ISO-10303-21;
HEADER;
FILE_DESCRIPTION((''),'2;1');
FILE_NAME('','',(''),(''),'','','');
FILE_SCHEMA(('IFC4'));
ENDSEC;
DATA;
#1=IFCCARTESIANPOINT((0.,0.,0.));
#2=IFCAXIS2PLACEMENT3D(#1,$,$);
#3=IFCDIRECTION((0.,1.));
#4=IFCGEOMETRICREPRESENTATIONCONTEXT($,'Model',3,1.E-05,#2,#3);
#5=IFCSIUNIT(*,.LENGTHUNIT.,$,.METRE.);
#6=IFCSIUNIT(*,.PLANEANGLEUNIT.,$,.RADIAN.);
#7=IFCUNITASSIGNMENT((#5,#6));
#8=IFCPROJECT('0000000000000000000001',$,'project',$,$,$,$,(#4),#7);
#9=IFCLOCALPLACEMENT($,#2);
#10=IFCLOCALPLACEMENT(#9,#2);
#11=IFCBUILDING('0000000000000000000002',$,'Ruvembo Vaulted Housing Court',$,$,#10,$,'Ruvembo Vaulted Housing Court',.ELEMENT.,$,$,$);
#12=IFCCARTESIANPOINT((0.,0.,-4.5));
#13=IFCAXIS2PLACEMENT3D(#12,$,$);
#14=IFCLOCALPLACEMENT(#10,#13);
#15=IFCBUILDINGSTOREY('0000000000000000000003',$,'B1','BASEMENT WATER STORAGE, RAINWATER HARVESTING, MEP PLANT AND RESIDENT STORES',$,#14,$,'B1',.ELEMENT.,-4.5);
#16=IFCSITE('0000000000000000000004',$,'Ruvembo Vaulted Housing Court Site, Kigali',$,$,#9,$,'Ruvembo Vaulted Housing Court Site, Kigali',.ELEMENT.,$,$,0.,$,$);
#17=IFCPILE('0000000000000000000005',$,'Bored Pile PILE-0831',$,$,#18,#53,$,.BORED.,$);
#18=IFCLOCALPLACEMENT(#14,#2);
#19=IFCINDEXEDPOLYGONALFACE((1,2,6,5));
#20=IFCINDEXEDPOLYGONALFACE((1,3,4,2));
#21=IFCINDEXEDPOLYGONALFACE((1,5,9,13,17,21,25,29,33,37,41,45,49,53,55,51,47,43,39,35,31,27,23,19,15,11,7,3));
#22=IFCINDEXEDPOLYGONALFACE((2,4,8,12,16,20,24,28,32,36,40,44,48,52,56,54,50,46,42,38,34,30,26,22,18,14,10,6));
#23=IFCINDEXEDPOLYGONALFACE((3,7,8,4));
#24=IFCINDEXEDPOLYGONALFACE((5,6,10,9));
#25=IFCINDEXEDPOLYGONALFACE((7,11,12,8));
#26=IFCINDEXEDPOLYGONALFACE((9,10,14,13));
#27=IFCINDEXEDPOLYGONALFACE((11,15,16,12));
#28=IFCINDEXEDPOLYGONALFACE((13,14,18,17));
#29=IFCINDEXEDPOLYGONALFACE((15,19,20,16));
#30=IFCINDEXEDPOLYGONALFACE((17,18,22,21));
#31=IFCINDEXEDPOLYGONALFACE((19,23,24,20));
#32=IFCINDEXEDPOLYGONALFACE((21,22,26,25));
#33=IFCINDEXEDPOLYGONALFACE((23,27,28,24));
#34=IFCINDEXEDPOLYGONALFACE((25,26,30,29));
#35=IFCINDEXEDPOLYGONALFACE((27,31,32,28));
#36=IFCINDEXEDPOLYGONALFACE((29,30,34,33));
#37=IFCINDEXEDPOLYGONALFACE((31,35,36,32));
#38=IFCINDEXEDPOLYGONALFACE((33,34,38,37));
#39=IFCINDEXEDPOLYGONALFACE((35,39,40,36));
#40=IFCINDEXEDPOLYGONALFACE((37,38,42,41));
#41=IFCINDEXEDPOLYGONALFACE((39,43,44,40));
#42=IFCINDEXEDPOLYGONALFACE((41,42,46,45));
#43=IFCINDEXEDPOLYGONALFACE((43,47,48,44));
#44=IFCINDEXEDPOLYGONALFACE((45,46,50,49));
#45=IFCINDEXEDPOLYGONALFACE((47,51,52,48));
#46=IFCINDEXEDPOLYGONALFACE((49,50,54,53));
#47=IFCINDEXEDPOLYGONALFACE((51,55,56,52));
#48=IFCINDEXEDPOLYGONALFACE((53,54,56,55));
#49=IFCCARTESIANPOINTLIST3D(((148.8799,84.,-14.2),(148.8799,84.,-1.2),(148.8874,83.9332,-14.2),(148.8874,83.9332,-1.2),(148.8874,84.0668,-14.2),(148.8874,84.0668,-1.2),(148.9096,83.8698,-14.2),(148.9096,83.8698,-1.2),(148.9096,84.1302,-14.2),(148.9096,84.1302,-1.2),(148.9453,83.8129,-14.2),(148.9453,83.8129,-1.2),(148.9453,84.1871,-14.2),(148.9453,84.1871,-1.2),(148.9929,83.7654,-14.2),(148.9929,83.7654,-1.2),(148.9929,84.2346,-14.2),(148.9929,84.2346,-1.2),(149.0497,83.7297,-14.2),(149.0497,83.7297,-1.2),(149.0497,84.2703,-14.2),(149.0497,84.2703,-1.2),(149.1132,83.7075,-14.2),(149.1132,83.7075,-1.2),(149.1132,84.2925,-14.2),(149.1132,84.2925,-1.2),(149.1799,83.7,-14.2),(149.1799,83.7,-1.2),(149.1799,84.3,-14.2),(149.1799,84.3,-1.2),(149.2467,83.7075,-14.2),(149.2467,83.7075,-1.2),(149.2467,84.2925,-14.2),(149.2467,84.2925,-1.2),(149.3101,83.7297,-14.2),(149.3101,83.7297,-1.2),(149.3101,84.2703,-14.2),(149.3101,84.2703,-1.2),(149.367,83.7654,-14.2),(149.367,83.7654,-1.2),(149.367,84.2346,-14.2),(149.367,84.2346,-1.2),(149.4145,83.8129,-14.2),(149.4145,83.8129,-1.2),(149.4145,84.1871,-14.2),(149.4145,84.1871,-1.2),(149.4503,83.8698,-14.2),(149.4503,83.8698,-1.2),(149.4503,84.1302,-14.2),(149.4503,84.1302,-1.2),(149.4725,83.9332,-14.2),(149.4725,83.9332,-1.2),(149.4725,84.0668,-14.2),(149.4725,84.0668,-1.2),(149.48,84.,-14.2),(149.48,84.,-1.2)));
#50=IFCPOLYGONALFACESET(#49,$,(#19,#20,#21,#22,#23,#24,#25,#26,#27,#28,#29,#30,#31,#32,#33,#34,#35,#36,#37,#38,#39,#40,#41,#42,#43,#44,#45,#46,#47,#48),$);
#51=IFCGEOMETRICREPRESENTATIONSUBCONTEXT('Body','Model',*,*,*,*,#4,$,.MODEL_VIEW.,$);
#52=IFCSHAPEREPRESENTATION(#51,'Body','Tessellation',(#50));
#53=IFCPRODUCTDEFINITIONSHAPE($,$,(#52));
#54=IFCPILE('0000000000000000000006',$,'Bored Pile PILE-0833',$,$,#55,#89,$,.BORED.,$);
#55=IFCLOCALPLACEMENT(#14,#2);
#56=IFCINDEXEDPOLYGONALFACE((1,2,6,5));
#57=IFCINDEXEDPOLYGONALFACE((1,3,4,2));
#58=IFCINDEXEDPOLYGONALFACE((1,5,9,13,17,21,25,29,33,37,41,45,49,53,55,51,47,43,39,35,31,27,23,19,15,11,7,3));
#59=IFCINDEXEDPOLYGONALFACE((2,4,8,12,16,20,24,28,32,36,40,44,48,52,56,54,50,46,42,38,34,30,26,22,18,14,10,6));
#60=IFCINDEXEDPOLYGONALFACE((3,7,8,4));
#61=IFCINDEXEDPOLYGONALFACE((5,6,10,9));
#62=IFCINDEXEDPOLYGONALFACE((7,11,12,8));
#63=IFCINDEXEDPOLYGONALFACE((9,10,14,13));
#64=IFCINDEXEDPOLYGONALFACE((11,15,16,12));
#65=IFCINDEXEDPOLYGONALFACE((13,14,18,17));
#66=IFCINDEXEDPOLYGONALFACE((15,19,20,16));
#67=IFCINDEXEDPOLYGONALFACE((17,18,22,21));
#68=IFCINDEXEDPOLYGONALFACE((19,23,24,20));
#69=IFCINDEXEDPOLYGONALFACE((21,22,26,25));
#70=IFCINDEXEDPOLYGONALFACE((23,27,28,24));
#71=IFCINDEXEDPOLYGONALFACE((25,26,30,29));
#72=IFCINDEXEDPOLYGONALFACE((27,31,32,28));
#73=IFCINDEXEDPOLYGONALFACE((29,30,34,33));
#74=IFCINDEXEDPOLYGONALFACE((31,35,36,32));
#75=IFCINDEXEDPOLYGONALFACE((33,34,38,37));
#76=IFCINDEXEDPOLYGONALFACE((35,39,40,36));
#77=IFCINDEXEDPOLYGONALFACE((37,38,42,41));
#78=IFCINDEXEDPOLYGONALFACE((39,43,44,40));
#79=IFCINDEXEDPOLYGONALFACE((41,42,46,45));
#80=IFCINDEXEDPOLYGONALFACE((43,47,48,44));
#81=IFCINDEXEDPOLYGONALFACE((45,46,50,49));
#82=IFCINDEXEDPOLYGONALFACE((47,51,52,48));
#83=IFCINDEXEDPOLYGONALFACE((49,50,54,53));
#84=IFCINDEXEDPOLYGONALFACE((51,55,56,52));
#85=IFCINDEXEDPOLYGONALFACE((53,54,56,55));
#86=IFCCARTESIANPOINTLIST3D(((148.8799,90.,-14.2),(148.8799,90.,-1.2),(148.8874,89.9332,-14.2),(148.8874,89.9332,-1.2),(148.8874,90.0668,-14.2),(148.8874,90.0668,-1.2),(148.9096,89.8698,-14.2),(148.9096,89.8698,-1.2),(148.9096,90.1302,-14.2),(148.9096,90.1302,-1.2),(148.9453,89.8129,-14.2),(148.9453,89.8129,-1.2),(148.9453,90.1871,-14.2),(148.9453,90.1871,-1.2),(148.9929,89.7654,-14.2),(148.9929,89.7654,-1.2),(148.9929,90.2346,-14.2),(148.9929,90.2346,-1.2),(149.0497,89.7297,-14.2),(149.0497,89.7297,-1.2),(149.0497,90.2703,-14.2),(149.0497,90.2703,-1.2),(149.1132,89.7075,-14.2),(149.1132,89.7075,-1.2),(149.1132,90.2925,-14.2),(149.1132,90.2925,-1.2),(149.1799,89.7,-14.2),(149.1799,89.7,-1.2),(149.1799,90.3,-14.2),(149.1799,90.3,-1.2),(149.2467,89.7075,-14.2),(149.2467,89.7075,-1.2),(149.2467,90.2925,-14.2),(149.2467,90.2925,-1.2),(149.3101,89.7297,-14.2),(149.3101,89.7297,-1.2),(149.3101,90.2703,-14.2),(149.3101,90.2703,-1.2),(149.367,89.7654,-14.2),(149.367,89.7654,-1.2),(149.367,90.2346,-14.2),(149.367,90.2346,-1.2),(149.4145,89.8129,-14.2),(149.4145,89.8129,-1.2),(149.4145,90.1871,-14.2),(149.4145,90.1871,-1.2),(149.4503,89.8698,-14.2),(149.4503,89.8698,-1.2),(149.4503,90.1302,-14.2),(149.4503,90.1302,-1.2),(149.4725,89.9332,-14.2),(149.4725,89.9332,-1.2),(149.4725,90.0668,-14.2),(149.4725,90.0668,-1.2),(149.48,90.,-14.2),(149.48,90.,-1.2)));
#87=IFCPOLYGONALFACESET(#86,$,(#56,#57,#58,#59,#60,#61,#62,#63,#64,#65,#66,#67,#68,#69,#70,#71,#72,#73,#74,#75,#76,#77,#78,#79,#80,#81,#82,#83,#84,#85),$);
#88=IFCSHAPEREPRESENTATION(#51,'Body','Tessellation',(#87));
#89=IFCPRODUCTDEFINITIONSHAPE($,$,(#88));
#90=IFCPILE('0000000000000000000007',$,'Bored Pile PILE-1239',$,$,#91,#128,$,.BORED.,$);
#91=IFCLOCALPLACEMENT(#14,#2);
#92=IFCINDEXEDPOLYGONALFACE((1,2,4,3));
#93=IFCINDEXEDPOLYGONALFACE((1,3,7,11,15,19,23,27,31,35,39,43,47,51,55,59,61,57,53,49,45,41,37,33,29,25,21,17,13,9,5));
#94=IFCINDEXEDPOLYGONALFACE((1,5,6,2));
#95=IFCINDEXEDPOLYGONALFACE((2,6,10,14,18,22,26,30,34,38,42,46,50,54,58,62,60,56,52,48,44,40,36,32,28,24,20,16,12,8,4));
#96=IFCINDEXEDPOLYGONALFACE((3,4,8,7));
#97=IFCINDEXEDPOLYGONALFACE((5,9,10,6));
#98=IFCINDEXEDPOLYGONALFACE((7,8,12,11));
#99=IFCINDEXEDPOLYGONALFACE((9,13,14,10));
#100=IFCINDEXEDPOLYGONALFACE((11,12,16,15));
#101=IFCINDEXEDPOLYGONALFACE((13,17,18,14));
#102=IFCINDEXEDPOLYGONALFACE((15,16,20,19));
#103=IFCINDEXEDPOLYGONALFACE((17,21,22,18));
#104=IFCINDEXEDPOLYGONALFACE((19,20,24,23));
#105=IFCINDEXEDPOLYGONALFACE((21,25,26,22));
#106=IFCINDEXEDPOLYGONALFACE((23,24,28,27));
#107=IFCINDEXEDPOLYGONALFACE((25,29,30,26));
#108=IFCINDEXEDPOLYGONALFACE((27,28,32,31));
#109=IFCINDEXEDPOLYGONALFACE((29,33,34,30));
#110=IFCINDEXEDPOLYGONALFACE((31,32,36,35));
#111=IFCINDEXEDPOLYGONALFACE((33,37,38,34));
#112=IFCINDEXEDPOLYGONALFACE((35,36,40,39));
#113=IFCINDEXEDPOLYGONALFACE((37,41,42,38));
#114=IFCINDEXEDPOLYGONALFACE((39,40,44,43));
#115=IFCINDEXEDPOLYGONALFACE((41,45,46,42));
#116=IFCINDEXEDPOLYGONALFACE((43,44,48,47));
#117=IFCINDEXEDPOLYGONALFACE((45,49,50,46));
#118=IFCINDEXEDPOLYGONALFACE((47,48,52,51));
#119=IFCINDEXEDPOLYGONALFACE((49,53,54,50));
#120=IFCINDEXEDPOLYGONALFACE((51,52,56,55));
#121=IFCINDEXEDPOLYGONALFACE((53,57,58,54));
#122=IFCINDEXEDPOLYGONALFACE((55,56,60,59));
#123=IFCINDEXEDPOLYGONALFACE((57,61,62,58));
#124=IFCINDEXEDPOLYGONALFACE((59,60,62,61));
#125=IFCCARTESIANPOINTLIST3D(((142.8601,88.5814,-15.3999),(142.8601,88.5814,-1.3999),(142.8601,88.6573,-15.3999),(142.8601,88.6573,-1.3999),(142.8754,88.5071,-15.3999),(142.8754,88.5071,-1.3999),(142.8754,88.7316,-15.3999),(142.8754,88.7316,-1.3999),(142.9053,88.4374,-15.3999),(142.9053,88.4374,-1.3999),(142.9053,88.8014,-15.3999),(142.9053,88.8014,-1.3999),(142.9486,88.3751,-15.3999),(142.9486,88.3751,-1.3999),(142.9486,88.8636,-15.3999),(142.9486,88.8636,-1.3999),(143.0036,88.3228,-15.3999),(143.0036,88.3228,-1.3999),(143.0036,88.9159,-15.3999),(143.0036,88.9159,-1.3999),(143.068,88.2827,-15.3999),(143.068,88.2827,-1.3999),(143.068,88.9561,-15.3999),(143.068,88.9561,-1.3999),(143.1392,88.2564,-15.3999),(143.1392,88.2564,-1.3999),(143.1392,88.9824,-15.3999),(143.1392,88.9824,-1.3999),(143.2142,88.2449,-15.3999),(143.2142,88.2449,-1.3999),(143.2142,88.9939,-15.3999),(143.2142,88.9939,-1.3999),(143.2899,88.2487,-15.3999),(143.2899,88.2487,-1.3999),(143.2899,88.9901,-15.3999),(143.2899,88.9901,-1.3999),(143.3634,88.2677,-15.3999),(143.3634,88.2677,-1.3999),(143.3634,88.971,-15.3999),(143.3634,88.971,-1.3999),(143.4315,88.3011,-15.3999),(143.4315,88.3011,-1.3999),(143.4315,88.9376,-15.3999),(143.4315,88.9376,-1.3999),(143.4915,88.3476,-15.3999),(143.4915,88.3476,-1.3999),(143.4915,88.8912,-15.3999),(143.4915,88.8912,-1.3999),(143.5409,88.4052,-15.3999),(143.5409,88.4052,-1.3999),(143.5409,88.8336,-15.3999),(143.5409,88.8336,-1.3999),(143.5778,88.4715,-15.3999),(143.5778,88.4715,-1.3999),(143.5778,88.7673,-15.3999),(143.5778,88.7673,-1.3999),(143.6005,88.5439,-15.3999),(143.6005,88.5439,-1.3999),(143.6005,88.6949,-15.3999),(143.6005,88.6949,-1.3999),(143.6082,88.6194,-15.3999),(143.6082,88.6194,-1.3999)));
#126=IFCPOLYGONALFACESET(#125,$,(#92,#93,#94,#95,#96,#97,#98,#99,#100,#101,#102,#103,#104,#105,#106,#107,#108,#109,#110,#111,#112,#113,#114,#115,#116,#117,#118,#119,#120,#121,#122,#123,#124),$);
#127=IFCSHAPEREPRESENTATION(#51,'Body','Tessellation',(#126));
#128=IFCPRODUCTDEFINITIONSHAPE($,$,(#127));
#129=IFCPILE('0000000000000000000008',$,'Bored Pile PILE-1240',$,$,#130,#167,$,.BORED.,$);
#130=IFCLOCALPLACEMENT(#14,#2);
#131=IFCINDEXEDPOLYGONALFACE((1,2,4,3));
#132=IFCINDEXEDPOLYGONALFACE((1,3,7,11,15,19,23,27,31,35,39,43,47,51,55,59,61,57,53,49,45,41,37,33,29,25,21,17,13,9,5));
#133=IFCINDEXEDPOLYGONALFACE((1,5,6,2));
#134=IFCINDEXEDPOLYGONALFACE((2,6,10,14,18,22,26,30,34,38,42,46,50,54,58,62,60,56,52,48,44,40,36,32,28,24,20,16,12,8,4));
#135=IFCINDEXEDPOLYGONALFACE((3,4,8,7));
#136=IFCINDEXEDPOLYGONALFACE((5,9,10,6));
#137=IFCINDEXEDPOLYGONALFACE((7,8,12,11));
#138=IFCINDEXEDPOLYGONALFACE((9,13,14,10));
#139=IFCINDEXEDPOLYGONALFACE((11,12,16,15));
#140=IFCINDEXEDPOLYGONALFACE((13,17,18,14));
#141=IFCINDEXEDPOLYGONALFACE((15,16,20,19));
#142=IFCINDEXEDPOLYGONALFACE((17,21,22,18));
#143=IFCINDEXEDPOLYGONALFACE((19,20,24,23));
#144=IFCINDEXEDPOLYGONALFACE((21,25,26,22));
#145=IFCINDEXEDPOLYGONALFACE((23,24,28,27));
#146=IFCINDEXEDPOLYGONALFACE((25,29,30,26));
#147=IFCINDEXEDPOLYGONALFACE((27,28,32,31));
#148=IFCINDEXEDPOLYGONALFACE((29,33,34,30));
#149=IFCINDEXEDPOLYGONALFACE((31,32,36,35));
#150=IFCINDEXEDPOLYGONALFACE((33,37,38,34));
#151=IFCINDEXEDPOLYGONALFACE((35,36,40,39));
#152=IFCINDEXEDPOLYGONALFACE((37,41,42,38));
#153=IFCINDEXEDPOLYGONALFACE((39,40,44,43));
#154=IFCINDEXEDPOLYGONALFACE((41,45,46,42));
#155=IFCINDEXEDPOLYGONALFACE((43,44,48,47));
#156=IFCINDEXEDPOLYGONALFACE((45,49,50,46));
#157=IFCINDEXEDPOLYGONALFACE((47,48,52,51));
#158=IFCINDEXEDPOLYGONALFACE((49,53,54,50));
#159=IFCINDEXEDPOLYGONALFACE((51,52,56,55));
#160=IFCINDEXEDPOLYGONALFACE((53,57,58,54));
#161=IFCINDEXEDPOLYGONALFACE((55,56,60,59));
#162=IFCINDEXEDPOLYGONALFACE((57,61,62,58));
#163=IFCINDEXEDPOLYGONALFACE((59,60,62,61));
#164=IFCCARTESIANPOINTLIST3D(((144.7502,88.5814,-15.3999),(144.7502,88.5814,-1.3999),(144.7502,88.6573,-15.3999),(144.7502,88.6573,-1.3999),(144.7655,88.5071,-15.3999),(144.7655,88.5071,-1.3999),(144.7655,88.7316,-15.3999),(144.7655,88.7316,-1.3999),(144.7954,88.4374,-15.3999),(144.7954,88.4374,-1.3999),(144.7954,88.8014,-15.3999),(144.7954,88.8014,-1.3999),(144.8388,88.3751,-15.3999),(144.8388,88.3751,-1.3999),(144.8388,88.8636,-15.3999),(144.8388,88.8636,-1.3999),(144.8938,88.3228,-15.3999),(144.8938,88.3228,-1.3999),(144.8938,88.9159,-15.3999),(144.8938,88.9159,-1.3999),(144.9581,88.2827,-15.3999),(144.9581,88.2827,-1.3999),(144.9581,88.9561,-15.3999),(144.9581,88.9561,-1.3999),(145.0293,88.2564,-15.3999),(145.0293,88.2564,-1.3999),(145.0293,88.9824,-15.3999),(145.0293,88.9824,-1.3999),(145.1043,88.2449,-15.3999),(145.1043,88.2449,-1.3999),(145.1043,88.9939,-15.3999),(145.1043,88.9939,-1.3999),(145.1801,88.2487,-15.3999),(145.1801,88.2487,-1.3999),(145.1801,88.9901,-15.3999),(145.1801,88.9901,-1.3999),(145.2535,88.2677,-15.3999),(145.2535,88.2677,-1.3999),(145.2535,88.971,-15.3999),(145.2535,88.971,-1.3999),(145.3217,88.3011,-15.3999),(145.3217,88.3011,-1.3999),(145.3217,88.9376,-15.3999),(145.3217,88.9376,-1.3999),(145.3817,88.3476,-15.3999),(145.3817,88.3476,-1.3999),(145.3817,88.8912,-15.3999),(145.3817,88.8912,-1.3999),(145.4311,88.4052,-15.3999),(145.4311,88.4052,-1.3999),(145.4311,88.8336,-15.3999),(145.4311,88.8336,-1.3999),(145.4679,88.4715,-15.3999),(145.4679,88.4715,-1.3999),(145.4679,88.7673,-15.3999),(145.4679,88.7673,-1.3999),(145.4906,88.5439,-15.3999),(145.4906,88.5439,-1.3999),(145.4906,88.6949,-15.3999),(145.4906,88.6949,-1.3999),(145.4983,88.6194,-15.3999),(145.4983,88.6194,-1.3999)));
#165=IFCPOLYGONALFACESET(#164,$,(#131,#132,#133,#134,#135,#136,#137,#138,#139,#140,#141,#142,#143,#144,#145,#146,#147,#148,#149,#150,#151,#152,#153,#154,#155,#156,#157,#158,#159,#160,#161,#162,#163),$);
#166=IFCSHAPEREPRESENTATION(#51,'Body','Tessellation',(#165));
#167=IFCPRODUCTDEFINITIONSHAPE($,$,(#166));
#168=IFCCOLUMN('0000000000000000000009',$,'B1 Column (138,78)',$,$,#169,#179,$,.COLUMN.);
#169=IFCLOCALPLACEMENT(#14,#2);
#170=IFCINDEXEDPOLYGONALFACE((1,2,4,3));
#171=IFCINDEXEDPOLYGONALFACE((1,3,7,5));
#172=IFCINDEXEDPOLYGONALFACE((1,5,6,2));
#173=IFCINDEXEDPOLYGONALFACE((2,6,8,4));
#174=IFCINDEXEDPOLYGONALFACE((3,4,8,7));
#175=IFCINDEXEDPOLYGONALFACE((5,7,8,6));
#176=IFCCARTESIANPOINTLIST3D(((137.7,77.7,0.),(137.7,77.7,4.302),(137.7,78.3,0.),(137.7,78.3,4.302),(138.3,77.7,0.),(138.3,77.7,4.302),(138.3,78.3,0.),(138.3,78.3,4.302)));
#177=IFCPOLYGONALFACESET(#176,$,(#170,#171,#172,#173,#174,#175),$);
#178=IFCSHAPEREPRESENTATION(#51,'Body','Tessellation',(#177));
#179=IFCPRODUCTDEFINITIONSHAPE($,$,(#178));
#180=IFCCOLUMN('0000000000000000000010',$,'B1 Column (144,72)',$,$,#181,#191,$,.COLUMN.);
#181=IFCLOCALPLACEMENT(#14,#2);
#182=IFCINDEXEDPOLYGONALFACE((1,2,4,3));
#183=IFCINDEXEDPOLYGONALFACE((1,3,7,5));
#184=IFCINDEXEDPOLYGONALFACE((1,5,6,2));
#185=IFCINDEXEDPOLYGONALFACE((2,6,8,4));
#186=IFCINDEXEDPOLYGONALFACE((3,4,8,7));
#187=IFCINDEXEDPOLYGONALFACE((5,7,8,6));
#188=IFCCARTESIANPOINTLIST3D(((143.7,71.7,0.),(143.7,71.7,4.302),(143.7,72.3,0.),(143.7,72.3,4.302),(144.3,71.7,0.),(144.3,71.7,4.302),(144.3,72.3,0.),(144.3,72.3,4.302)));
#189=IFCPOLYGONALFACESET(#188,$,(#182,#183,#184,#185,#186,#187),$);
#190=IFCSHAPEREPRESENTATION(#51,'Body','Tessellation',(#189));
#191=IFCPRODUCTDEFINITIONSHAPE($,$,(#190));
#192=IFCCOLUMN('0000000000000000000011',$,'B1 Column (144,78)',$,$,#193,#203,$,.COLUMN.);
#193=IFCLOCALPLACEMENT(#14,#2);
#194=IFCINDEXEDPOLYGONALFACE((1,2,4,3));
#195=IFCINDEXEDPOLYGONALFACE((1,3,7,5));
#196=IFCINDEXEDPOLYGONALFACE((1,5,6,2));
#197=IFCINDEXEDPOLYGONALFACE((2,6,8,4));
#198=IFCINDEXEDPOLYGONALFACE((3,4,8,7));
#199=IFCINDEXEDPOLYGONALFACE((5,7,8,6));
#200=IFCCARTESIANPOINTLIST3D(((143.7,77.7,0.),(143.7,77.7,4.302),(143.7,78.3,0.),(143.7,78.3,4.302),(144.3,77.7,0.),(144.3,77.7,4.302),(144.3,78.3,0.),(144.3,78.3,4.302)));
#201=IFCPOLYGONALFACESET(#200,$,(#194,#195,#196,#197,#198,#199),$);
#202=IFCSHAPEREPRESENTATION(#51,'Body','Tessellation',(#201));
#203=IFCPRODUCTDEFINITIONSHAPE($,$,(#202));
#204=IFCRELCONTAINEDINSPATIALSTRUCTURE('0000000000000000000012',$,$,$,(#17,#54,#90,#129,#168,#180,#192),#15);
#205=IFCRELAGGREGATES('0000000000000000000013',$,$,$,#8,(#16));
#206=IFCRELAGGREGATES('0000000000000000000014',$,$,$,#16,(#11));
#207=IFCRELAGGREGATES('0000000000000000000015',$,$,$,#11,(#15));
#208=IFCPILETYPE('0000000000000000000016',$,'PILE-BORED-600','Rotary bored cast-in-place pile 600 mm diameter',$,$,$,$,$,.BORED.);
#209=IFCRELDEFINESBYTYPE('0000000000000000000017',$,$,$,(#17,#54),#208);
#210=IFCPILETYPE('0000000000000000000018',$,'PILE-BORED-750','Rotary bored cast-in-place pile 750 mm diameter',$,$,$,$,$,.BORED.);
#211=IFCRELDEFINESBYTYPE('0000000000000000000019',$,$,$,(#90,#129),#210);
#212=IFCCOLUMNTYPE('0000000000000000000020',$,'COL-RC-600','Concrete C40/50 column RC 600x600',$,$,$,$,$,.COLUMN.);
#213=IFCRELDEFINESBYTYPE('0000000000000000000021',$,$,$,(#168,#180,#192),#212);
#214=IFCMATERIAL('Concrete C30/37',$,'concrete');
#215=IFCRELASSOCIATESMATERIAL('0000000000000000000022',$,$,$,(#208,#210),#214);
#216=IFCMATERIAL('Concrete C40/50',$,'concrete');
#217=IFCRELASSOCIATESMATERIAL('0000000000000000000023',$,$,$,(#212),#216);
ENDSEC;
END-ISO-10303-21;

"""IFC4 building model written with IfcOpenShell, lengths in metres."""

from ifc_helpers import new_model, si_unit, direction, frame, origin, origin_2d, place, context, subcontext, project, spatial, rectangle, circle, extrude, material, material_profile, profile_set, type_object, element, save


model = new_model("IFC4")

# Units and contexts
model_context = context("Model", 3, precision=1e-05, world=origin(), true_north=direction((0.0, 1.0)))
body_context = subcontext(model_context, "Body", "Model", "MODEL_VIEW")
ifc_project = project(units=[si_unit("LENGTHUNIT", "METRE"), si_unit("PLANEANGLEUNIT", "RADIAN")], contexts=[model_context])

# Site, building, storey
site_placement = place(None, origin())
site = spatial("IfcSite", under=ifc_project, at=site_placement, Name="Ruvembo Vaulted Housing Court Site, Kigali", LongName="Ruvembo Vaulted Housing Court Site, Kigali", CompositionType="ELEMENT", RefElevation=0.0)
building_placement = place(site_placement, origin())
building = spatial("IfcBuilding", under=site, at=building_placement, Name="Ruvembo Vaulted Housing Court", LongName="Ruvembo Vaulted Housing Court", CompositionType="ELEMENT")
storey_placement = place(building_placement, frame((0.0, 0.0, -4.5)))
storey = spatial("IfcBuildingStorey", under=building, at=storey_placement, Name="B1", Description="BASEMENT WATER STORAGE, RAINWATER HARVESTING, MEP PLANT AND RESIDENT STORES", LongName="B1", CompositionType="ELEMENT", Elevation=-4.5)

# Piles
ifc_material_1 = material(Name="Concrete C30/37", Category="concrete")
ifc_material_profile_1 = material_profile(ifc_material_1, circle(Radius=0.3, at=origin_2d()), Name="PILE D600")
ifc_profile_set_1 = profile_set([ifc_material_profile_1], Name="Concrete C30/37")
pile_type_1 = type_object("IfcPileType", Name="PILE-BORED-600", Description="Rotary bored cast-in-place pile 600 mm diameter", PredefinedType="BORED", material=ifc_profile_set_1)
for number, where, z_axis, x_axis, name in (
    (1, (149.1799, 84.0, -1.2), (0.0, 0.0, -1.0), (1.0, 0.0, 0.0), "Bored Pile PILE-0831"),
    (2, (149.1799, 90.0, -1.2), (0.0, 0.0, -1.0), (1.0, 0.0, 0.0), "Bored Pile PILE-0833"),
):
    element("IfcPile", number, at=place(storey_placement, frame(where, z_axis=z_axis, x_axis=x_axis)), inside=storey, type_object=pile_type_1, Name=name, PredefinedType="BORED", context=body_context, shape_type="SweptSolid", body=[
        extrude(circle(Radius=0.3, at=origin_2d()), origin(), (0.0, 0.0, 1.0), 13.0),
    ])
ifc_material_profile_2 = material_profile(ifc_material_1, circle(Radius=0.375, at=origin_2d()), Name="PILE D750")
ifc_profile_set_2 = profile_set([ifc_material_profile_2], Name="Concrete C30/37")
pile_type_2 = type_object("IfcPileType", Name="PILE-BORED-750", Description="Rotary bored cast-in-place pile 750 mm diameter", PredefinedType="BORED", material=ifc_profile_set_2)
for number, where, z_axis, x_axis, name in (
    (3, (143.2332, 88.6194, -1.3999), (0.0, 0.0, -1.0), (1.0, 0.0, 0.0), "Bored Pile PILE-1239"),
    (4, (145.1233, 88.6194, -1.3999), (0.0, 0.0, -1.0), (1.0, 0.0, 0.0), "Bored Pile PILE-1240"),
):
    element("IfcPile", number, at=place(storey_placement, frame(where, z_axis=z_axis, x_axis=x_axis)), inside=storey, type_object=pile_type_2, Name=name, PredefinedType="BORED", context=body_context, shape_type="SweptSolid", body=[
        extrude(circle(Radius=0.375, at=origin_2d()), origin(), (0.0, 0.0, 1.0), 14.0),
    ])

# Columns
ifc_material_2 = material(Name="Concrete C40/50", Category="concrete")
ifc_material_profile_3 = material_profile(ifc_material_2, rectangle(XDim=0.6001, YDim=0.6001, at=origin_2d()), Name="RC 600x600")
ifc_profile_set_3 = profile_set([ifc_material_profile_3], Name="Concrete C40/50")
column_type_1 = type_object("IfcColumnType", Name="COL-RC-600", Description="Concrete C40/50 column RC 600x600", PredefinedType="COLUMN", material=ifc_profile_set_3)
for number, where, z_axis, x_axis, name in (
    (5, (138.0, 78.0, 0.0), (0.0, 0.0, 1.0), (1.0, 0.0, 0.0), "B1 Column (138,78)"),
    (6, (144.0, 72.0, 0.0), (0.0, 0.0, 1.0), (1.0, 0.0, 0.0), "B1 Column (144,72)"),
    (7, (144.0, 78.0, 0.0), (0.0, 0.0, 1.0), (1.0, 0.0, 0.0), "B1 Column (144,78)"),
):
    element("IfcColumn", number, at=place(storey_placement, frame(where, z_axis=z_axis, x_axis=x_axis)), inside=storey, type_object=column_type_1, Name=name, PredefinedType="COLUMN", context=body_context, shape_type="SweptSolid", body=[
        extrude(rectangle(XDim=0.6001, YDim=0.6001, at=origin_2d()), origin(), (0.0, 0.0, 1.0), 4.302),
    ])

save(model, "model.ifc")
